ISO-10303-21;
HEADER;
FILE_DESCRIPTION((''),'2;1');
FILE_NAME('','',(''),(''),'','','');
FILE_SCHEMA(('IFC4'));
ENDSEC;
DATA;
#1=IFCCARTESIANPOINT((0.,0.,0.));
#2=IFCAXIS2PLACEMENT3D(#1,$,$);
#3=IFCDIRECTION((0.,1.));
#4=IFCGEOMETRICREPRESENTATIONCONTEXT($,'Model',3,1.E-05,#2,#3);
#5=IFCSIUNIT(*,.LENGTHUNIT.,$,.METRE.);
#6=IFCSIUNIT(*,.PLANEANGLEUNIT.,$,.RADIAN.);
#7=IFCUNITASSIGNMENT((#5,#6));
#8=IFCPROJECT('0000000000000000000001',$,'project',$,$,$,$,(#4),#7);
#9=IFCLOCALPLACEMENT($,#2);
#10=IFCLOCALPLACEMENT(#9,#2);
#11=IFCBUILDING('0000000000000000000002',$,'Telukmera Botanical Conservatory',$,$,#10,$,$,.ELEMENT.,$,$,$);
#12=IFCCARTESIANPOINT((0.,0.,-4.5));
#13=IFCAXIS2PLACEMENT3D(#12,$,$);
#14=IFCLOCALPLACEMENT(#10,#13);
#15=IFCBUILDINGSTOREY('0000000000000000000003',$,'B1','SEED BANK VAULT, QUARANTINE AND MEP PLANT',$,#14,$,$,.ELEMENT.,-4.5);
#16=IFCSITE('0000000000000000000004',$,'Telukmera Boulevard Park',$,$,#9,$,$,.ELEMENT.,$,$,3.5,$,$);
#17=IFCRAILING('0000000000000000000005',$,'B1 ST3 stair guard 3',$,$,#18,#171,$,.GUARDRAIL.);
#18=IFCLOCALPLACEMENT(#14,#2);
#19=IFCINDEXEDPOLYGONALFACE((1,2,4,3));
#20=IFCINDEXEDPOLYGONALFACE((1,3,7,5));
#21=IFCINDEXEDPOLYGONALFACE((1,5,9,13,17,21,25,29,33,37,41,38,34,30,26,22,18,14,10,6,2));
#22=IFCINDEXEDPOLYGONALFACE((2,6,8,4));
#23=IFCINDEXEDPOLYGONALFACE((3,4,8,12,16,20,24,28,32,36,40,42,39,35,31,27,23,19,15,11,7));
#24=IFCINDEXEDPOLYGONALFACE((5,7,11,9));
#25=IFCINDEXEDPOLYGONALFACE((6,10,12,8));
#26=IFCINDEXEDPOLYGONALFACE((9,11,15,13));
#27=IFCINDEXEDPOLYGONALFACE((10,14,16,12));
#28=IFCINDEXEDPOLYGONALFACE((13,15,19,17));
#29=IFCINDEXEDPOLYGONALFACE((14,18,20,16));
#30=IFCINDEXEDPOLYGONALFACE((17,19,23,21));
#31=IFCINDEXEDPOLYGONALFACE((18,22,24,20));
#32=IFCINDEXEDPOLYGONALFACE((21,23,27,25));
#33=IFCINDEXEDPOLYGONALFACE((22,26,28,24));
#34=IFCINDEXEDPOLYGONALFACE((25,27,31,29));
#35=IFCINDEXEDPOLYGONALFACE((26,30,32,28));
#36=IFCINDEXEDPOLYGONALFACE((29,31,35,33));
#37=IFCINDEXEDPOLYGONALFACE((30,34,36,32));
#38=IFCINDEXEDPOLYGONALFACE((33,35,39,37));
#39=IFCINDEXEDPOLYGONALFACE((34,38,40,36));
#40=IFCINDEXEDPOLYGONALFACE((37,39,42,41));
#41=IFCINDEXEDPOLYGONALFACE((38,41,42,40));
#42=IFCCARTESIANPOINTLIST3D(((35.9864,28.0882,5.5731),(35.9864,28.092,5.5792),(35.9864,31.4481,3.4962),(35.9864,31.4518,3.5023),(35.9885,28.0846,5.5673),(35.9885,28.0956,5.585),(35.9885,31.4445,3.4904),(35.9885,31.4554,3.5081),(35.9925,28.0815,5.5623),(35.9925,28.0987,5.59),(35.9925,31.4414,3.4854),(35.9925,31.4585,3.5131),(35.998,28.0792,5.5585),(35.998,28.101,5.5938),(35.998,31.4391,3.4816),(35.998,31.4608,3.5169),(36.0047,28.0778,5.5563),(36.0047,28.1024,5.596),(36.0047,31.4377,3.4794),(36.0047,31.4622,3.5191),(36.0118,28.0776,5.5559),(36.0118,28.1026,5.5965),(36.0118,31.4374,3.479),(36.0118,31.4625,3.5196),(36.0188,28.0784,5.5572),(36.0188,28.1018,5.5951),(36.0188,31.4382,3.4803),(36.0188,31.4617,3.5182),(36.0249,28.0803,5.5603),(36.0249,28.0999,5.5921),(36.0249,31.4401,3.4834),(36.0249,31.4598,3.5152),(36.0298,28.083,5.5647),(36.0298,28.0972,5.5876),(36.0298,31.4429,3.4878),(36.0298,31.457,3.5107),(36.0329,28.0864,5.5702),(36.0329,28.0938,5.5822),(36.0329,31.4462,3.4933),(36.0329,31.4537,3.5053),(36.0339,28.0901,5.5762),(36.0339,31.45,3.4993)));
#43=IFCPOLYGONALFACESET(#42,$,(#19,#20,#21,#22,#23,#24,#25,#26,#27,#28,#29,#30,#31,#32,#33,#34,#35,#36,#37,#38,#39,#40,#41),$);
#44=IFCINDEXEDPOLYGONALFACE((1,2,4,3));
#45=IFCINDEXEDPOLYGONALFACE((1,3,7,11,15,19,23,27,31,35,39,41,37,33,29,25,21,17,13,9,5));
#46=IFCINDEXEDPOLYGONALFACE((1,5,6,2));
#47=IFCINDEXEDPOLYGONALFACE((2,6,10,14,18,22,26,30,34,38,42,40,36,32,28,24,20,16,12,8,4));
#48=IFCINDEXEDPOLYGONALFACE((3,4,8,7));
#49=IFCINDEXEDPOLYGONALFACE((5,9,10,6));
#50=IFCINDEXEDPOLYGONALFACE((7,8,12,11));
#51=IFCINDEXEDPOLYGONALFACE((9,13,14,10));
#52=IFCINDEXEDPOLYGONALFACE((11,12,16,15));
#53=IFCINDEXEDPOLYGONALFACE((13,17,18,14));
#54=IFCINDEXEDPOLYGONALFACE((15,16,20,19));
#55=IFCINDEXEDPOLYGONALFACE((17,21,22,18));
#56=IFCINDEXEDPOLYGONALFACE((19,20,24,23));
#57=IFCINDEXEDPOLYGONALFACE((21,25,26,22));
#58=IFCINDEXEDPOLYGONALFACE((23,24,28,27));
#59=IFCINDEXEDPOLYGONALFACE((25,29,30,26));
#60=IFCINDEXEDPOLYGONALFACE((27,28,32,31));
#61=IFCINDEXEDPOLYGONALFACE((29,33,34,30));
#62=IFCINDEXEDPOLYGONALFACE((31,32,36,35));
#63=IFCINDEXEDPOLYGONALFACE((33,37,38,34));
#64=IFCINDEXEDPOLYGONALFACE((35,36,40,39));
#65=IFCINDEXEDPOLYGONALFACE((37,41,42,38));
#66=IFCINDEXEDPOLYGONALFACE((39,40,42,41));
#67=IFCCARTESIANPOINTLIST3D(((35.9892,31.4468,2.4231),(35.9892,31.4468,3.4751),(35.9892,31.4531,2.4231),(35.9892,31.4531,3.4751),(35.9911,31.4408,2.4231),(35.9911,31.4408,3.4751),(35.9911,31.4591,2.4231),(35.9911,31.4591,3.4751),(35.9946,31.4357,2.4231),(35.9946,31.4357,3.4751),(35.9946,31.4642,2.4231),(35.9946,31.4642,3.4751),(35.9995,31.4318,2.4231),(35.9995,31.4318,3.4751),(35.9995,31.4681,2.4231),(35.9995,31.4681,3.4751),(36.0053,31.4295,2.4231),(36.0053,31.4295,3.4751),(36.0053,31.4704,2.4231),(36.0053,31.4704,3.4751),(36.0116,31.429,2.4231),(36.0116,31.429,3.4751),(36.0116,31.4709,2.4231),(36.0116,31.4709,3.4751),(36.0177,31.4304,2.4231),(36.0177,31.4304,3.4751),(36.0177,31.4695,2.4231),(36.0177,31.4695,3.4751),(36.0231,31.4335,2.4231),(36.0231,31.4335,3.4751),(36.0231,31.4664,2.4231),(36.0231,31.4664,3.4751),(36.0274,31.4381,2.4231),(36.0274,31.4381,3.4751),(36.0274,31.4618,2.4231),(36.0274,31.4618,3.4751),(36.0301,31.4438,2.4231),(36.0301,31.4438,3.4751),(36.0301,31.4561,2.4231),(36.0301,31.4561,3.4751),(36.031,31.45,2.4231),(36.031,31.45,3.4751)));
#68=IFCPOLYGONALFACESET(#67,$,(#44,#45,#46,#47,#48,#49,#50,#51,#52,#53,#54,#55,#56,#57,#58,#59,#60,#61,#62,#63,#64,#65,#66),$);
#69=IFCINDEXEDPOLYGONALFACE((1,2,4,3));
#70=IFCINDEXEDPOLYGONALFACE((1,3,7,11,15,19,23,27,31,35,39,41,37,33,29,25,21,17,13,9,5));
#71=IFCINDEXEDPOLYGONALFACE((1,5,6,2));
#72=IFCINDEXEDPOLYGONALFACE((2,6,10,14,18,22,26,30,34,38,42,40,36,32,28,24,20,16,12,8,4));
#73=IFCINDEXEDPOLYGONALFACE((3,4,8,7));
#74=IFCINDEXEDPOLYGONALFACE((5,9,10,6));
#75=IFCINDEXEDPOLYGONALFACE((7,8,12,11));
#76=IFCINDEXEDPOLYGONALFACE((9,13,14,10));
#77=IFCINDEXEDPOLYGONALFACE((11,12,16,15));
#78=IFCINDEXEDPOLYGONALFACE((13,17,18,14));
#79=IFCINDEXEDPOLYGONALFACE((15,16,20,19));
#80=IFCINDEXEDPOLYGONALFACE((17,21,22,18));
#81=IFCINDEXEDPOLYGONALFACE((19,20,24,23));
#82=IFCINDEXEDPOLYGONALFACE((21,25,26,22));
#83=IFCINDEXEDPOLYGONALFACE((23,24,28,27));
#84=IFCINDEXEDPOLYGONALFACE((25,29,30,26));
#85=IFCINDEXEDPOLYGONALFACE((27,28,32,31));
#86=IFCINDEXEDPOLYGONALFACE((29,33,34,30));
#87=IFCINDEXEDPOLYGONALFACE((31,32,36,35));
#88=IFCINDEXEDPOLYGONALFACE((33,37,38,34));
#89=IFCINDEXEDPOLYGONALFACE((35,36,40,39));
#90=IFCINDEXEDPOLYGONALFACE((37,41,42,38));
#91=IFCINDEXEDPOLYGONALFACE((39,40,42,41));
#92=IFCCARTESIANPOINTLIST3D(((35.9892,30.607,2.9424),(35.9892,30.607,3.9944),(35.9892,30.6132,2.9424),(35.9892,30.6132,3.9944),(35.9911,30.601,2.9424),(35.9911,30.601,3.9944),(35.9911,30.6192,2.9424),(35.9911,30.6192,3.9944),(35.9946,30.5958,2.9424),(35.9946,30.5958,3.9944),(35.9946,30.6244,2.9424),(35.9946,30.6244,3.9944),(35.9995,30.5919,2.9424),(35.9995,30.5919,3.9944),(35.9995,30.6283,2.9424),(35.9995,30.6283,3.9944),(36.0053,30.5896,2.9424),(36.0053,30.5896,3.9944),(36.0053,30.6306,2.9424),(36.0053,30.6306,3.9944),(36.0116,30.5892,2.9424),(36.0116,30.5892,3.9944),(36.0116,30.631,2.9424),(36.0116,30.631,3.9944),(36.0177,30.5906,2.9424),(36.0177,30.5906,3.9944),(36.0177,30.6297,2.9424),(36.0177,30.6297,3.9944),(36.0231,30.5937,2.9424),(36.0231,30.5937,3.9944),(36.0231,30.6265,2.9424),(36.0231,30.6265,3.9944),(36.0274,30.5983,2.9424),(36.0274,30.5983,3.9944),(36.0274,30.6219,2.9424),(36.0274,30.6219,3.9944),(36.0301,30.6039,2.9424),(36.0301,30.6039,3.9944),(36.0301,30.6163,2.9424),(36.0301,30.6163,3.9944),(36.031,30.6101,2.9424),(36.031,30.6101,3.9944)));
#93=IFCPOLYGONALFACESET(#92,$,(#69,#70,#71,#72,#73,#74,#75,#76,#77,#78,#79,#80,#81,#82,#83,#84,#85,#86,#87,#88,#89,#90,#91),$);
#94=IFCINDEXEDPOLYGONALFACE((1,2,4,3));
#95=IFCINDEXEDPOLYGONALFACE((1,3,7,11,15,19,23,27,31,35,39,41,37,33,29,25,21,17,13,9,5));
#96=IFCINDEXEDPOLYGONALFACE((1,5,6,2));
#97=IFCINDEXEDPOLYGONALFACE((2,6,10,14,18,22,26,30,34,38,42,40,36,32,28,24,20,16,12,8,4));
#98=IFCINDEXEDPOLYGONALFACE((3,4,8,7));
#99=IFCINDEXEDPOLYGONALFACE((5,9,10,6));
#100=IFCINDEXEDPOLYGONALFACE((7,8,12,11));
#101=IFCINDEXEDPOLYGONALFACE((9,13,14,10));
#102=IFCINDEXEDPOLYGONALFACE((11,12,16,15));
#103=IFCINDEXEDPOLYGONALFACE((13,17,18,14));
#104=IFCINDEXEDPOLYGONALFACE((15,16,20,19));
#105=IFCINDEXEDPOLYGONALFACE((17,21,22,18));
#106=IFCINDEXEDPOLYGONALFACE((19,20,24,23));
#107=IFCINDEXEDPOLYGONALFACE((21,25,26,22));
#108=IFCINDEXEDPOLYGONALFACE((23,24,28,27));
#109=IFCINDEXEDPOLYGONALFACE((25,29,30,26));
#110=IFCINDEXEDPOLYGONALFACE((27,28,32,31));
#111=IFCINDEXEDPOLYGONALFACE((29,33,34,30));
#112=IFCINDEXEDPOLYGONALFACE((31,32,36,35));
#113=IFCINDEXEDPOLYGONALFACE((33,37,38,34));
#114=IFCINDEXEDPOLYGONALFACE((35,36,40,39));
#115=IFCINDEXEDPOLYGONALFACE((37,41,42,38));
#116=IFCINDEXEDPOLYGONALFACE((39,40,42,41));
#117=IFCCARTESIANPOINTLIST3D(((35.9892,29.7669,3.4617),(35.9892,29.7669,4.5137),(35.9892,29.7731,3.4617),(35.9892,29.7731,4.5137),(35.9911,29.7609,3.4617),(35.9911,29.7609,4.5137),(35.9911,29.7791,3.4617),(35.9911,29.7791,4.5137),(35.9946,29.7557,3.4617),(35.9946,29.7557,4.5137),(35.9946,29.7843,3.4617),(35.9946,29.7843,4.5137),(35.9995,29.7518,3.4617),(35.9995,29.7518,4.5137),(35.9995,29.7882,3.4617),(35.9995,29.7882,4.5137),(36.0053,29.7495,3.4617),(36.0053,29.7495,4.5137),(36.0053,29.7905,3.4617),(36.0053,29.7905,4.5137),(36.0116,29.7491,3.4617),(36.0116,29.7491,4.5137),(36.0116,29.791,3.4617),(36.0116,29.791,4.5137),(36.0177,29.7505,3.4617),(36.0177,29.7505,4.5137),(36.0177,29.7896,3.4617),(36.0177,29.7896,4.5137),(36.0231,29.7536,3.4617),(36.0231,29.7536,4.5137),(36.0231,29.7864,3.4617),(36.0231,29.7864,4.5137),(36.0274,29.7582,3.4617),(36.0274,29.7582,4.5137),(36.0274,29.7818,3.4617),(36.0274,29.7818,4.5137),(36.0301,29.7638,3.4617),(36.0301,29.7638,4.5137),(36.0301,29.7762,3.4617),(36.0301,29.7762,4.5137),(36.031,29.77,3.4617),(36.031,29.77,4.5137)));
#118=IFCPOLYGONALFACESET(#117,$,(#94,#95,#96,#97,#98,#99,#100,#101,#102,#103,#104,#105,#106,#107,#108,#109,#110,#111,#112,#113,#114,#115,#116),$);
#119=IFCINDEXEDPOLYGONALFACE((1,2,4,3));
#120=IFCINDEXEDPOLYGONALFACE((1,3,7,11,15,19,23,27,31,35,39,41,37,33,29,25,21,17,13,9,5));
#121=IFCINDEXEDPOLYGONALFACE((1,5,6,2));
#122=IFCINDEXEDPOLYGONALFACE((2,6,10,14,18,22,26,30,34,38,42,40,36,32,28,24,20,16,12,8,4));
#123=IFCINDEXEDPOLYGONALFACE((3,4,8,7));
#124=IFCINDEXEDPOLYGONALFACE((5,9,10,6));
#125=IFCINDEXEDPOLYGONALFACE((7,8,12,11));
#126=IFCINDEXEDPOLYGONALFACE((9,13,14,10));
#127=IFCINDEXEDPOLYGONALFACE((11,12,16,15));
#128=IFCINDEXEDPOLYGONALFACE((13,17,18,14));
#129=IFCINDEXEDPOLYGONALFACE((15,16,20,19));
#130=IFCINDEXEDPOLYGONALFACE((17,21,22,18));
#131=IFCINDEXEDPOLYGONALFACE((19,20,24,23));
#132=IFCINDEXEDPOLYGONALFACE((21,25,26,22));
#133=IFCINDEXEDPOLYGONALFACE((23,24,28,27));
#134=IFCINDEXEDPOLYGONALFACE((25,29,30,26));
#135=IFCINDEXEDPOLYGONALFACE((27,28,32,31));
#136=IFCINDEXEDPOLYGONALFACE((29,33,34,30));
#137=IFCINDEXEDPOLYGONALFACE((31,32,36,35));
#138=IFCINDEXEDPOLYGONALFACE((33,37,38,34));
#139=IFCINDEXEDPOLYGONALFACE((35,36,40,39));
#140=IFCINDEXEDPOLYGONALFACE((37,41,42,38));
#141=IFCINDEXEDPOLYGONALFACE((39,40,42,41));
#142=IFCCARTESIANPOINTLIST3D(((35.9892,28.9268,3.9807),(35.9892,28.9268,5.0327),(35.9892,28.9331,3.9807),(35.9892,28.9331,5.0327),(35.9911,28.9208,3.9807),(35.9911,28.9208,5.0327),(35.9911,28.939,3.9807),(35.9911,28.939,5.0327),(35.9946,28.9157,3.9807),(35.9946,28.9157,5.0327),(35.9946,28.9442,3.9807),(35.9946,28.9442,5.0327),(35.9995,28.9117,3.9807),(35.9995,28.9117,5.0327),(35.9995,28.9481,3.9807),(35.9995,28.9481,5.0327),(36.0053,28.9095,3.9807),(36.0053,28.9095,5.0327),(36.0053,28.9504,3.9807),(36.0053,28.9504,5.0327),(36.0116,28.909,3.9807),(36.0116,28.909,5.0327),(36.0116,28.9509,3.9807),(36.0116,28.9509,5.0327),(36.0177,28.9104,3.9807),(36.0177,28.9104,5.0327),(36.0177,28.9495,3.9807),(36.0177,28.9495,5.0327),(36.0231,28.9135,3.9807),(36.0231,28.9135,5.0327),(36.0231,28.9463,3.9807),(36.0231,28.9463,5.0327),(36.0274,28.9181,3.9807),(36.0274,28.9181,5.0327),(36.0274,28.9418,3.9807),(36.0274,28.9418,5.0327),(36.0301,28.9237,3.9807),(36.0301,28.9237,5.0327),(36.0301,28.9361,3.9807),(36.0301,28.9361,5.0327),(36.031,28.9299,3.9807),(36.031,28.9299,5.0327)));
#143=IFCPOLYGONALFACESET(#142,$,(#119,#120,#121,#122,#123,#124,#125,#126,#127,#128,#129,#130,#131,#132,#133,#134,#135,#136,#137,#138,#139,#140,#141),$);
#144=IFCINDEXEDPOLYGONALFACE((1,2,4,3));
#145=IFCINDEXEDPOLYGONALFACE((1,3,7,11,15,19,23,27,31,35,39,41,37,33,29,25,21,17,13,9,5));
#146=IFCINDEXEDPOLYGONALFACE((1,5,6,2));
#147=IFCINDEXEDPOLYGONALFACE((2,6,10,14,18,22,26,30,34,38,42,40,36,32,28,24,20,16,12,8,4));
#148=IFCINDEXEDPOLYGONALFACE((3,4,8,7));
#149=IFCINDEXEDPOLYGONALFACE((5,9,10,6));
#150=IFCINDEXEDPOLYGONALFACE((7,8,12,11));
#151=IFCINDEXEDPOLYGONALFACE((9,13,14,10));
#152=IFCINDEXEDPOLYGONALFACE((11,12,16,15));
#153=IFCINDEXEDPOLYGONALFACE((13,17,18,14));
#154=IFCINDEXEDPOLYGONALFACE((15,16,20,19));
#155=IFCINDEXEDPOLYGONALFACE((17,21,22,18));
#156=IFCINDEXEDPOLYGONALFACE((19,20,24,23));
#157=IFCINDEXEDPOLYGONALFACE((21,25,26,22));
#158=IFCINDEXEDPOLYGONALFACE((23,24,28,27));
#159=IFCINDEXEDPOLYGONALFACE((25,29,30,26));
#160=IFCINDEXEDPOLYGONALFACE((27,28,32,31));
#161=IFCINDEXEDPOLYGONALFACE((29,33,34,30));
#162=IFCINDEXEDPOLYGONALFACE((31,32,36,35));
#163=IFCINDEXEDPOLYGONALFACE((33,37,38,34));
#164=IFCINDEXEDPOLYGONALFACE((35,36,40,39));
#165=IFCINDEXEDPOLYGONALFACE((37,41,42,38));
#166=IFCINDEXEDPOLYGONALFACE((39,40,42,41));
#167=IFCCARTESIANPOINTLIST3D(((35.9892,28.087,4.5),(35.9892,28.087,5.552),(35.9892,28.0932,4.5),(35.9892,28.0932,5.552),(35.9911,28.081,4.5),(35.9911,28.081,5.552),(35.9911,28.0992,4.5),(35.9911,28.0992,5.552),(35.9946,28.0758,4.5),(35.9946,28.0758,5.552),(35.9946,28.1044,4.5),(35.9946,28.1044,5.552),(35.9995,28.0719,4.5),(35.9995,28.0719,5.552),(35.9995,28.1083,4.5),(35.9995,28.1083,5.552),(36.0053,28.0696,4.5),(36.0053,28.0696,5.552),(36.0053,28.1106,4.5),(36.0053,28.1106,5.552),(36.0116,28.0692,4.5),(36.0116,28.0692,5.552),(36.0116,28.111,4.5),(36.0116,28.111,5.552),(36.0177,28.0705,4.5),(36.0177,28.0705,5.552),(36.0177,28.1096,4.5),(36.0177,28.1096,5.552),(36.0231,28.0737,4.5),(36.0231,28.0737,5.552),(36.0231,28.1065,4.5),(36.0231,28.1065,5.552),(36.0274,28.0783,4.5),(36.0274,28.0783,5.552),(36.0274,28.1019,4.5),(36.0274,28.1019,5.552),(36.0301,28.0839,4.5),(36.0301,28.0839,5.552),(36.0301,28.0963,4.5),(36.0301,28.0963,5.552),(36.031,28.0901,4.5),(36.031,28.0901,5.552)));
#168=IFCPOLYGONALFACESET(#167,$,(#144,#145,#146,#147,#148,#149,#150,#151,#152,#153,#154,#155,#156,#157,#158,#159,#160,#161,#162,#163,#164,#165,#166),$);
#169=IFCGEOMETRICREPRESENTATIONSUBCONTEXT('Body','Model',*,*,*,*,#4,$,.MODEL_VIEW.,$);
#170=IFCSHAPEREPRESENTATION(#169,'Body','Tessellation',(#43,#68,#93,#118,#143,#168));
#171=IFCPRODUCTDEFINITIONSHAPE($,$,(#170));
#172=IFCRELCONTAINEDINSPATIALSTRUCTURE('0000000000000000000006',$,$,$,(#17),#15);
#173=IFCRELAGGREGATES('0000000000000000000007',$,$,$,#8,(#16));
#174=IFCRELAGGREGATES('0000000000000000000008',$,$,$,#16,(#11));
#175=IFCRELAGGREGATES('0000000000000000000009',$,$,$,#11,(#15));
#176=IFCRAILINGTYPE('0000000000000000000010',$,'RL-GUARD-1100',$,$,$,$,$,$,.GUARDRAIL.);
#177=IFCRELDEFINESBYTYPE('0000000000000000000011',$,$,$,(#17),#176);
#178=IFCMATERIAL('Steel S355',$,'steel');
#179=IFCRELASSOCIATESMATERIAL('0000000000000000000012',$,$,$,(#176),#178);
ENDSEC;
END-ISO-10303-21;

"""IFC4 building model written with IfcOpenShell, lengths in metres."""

from ifc_helpers import new_model, si_unit, direction, frame, origin, origin_2d, place, context, subcontext, project, spatial, circle, extrude, material, type_object, element, save


model = new_model("IFC4")

# Units and contexts
model_context = context("Model", 3, precision=1e-05, world=origin(), true_north=direction((0.0, 1.0)))
body_context = subcontext(model_context, "Body", "Model", "MODEL_VIEW")
ifc_project = project(units=[si_unit("LENGTHUNIT", "METRE"), si_unit("PLANEANGLEUNIT", "RADIAN")], contexts=[model_context])

# Site, building, storey
site_placement = place(None, origin())
site = spatial("IfcSite", under=ifc_project, at=site_placement, Name="Telukmera Boulevard Park", CompositionType="ELEMENT", RefElevation=3.5)
building_placement = place(site_placement, origin())
building = spatial("IfcBuilding", under=site, at=building_placement, Name="Telukmera Botanical Conservatory", CompositionType="ELEMENT")
storey_placement = place(building_placement, frame((0.0, 0.0, -4.5)))
storey = spatial("IfcBuildingStorey", under=building, at=storey_placement, Name="B1", Description="SEED BANK VAULT, QUARANTINE AND MEP PLANT", CompositionType="ELEMENT", Elevation=-4.5)

# Railing
ifc_material_1 = material(Name="Steel S355", Category="steel")
railing_type_1 = type_object("IfcRailingType", Name="RL-GUARD-1100", PredefinedType="GUARDRAIL", material=ifc_material_1)
railing_1_placement = place(storey_placement, frame((36.01, 31.45, 2.4231)))
element("IfcRailing", 1, at=railing_1_placement, inside=storey, type_object=railing_type_1, Name="B1 ST3 stair guard 3", PredefinedType="GUARDRAIL", context=body_context, shape_type="SweptSolid", body=[
    extrude(circle(Radius=0.0239, at=origin_2d()), frame((0.0, 0.0, 1.0762), z_axis=(0.0, -0.850606, 0.525803), x_axis=(1.0, 0.0, 0.0)), (0.0, 0.0, 1.0), 3.95),
    extrude(circle(Radius=0.021, at=origin_2d()), origin(), (0.0, 0.0, 1.0), 1.052),
    extrude(circle(Radius=0.021, at=origin_2d()), frame((0.0, -0.8398, 0.5193)), (0.0, 0.0, 1.0), 1.052),
    extrude(circle(Radius=0.021, at=origin_2d()), frame((0.0, -1.6799, 1.0386)), (0.0, 0.0, 1.0), 1.052),
    extrude(circle(Radius=0.021, at=origin_2d()), frame((0.0, -2.52, 1.5576)), (0.0, 0.0, 1.0), 1.052),
    extrude(circle(Radius=0.021, at=origin_2d()), frame((0.0, -3.3599, 2.0769)), (0.0, 0.0, 1.0), 1.052),
])

save(model, "model.ifc")
